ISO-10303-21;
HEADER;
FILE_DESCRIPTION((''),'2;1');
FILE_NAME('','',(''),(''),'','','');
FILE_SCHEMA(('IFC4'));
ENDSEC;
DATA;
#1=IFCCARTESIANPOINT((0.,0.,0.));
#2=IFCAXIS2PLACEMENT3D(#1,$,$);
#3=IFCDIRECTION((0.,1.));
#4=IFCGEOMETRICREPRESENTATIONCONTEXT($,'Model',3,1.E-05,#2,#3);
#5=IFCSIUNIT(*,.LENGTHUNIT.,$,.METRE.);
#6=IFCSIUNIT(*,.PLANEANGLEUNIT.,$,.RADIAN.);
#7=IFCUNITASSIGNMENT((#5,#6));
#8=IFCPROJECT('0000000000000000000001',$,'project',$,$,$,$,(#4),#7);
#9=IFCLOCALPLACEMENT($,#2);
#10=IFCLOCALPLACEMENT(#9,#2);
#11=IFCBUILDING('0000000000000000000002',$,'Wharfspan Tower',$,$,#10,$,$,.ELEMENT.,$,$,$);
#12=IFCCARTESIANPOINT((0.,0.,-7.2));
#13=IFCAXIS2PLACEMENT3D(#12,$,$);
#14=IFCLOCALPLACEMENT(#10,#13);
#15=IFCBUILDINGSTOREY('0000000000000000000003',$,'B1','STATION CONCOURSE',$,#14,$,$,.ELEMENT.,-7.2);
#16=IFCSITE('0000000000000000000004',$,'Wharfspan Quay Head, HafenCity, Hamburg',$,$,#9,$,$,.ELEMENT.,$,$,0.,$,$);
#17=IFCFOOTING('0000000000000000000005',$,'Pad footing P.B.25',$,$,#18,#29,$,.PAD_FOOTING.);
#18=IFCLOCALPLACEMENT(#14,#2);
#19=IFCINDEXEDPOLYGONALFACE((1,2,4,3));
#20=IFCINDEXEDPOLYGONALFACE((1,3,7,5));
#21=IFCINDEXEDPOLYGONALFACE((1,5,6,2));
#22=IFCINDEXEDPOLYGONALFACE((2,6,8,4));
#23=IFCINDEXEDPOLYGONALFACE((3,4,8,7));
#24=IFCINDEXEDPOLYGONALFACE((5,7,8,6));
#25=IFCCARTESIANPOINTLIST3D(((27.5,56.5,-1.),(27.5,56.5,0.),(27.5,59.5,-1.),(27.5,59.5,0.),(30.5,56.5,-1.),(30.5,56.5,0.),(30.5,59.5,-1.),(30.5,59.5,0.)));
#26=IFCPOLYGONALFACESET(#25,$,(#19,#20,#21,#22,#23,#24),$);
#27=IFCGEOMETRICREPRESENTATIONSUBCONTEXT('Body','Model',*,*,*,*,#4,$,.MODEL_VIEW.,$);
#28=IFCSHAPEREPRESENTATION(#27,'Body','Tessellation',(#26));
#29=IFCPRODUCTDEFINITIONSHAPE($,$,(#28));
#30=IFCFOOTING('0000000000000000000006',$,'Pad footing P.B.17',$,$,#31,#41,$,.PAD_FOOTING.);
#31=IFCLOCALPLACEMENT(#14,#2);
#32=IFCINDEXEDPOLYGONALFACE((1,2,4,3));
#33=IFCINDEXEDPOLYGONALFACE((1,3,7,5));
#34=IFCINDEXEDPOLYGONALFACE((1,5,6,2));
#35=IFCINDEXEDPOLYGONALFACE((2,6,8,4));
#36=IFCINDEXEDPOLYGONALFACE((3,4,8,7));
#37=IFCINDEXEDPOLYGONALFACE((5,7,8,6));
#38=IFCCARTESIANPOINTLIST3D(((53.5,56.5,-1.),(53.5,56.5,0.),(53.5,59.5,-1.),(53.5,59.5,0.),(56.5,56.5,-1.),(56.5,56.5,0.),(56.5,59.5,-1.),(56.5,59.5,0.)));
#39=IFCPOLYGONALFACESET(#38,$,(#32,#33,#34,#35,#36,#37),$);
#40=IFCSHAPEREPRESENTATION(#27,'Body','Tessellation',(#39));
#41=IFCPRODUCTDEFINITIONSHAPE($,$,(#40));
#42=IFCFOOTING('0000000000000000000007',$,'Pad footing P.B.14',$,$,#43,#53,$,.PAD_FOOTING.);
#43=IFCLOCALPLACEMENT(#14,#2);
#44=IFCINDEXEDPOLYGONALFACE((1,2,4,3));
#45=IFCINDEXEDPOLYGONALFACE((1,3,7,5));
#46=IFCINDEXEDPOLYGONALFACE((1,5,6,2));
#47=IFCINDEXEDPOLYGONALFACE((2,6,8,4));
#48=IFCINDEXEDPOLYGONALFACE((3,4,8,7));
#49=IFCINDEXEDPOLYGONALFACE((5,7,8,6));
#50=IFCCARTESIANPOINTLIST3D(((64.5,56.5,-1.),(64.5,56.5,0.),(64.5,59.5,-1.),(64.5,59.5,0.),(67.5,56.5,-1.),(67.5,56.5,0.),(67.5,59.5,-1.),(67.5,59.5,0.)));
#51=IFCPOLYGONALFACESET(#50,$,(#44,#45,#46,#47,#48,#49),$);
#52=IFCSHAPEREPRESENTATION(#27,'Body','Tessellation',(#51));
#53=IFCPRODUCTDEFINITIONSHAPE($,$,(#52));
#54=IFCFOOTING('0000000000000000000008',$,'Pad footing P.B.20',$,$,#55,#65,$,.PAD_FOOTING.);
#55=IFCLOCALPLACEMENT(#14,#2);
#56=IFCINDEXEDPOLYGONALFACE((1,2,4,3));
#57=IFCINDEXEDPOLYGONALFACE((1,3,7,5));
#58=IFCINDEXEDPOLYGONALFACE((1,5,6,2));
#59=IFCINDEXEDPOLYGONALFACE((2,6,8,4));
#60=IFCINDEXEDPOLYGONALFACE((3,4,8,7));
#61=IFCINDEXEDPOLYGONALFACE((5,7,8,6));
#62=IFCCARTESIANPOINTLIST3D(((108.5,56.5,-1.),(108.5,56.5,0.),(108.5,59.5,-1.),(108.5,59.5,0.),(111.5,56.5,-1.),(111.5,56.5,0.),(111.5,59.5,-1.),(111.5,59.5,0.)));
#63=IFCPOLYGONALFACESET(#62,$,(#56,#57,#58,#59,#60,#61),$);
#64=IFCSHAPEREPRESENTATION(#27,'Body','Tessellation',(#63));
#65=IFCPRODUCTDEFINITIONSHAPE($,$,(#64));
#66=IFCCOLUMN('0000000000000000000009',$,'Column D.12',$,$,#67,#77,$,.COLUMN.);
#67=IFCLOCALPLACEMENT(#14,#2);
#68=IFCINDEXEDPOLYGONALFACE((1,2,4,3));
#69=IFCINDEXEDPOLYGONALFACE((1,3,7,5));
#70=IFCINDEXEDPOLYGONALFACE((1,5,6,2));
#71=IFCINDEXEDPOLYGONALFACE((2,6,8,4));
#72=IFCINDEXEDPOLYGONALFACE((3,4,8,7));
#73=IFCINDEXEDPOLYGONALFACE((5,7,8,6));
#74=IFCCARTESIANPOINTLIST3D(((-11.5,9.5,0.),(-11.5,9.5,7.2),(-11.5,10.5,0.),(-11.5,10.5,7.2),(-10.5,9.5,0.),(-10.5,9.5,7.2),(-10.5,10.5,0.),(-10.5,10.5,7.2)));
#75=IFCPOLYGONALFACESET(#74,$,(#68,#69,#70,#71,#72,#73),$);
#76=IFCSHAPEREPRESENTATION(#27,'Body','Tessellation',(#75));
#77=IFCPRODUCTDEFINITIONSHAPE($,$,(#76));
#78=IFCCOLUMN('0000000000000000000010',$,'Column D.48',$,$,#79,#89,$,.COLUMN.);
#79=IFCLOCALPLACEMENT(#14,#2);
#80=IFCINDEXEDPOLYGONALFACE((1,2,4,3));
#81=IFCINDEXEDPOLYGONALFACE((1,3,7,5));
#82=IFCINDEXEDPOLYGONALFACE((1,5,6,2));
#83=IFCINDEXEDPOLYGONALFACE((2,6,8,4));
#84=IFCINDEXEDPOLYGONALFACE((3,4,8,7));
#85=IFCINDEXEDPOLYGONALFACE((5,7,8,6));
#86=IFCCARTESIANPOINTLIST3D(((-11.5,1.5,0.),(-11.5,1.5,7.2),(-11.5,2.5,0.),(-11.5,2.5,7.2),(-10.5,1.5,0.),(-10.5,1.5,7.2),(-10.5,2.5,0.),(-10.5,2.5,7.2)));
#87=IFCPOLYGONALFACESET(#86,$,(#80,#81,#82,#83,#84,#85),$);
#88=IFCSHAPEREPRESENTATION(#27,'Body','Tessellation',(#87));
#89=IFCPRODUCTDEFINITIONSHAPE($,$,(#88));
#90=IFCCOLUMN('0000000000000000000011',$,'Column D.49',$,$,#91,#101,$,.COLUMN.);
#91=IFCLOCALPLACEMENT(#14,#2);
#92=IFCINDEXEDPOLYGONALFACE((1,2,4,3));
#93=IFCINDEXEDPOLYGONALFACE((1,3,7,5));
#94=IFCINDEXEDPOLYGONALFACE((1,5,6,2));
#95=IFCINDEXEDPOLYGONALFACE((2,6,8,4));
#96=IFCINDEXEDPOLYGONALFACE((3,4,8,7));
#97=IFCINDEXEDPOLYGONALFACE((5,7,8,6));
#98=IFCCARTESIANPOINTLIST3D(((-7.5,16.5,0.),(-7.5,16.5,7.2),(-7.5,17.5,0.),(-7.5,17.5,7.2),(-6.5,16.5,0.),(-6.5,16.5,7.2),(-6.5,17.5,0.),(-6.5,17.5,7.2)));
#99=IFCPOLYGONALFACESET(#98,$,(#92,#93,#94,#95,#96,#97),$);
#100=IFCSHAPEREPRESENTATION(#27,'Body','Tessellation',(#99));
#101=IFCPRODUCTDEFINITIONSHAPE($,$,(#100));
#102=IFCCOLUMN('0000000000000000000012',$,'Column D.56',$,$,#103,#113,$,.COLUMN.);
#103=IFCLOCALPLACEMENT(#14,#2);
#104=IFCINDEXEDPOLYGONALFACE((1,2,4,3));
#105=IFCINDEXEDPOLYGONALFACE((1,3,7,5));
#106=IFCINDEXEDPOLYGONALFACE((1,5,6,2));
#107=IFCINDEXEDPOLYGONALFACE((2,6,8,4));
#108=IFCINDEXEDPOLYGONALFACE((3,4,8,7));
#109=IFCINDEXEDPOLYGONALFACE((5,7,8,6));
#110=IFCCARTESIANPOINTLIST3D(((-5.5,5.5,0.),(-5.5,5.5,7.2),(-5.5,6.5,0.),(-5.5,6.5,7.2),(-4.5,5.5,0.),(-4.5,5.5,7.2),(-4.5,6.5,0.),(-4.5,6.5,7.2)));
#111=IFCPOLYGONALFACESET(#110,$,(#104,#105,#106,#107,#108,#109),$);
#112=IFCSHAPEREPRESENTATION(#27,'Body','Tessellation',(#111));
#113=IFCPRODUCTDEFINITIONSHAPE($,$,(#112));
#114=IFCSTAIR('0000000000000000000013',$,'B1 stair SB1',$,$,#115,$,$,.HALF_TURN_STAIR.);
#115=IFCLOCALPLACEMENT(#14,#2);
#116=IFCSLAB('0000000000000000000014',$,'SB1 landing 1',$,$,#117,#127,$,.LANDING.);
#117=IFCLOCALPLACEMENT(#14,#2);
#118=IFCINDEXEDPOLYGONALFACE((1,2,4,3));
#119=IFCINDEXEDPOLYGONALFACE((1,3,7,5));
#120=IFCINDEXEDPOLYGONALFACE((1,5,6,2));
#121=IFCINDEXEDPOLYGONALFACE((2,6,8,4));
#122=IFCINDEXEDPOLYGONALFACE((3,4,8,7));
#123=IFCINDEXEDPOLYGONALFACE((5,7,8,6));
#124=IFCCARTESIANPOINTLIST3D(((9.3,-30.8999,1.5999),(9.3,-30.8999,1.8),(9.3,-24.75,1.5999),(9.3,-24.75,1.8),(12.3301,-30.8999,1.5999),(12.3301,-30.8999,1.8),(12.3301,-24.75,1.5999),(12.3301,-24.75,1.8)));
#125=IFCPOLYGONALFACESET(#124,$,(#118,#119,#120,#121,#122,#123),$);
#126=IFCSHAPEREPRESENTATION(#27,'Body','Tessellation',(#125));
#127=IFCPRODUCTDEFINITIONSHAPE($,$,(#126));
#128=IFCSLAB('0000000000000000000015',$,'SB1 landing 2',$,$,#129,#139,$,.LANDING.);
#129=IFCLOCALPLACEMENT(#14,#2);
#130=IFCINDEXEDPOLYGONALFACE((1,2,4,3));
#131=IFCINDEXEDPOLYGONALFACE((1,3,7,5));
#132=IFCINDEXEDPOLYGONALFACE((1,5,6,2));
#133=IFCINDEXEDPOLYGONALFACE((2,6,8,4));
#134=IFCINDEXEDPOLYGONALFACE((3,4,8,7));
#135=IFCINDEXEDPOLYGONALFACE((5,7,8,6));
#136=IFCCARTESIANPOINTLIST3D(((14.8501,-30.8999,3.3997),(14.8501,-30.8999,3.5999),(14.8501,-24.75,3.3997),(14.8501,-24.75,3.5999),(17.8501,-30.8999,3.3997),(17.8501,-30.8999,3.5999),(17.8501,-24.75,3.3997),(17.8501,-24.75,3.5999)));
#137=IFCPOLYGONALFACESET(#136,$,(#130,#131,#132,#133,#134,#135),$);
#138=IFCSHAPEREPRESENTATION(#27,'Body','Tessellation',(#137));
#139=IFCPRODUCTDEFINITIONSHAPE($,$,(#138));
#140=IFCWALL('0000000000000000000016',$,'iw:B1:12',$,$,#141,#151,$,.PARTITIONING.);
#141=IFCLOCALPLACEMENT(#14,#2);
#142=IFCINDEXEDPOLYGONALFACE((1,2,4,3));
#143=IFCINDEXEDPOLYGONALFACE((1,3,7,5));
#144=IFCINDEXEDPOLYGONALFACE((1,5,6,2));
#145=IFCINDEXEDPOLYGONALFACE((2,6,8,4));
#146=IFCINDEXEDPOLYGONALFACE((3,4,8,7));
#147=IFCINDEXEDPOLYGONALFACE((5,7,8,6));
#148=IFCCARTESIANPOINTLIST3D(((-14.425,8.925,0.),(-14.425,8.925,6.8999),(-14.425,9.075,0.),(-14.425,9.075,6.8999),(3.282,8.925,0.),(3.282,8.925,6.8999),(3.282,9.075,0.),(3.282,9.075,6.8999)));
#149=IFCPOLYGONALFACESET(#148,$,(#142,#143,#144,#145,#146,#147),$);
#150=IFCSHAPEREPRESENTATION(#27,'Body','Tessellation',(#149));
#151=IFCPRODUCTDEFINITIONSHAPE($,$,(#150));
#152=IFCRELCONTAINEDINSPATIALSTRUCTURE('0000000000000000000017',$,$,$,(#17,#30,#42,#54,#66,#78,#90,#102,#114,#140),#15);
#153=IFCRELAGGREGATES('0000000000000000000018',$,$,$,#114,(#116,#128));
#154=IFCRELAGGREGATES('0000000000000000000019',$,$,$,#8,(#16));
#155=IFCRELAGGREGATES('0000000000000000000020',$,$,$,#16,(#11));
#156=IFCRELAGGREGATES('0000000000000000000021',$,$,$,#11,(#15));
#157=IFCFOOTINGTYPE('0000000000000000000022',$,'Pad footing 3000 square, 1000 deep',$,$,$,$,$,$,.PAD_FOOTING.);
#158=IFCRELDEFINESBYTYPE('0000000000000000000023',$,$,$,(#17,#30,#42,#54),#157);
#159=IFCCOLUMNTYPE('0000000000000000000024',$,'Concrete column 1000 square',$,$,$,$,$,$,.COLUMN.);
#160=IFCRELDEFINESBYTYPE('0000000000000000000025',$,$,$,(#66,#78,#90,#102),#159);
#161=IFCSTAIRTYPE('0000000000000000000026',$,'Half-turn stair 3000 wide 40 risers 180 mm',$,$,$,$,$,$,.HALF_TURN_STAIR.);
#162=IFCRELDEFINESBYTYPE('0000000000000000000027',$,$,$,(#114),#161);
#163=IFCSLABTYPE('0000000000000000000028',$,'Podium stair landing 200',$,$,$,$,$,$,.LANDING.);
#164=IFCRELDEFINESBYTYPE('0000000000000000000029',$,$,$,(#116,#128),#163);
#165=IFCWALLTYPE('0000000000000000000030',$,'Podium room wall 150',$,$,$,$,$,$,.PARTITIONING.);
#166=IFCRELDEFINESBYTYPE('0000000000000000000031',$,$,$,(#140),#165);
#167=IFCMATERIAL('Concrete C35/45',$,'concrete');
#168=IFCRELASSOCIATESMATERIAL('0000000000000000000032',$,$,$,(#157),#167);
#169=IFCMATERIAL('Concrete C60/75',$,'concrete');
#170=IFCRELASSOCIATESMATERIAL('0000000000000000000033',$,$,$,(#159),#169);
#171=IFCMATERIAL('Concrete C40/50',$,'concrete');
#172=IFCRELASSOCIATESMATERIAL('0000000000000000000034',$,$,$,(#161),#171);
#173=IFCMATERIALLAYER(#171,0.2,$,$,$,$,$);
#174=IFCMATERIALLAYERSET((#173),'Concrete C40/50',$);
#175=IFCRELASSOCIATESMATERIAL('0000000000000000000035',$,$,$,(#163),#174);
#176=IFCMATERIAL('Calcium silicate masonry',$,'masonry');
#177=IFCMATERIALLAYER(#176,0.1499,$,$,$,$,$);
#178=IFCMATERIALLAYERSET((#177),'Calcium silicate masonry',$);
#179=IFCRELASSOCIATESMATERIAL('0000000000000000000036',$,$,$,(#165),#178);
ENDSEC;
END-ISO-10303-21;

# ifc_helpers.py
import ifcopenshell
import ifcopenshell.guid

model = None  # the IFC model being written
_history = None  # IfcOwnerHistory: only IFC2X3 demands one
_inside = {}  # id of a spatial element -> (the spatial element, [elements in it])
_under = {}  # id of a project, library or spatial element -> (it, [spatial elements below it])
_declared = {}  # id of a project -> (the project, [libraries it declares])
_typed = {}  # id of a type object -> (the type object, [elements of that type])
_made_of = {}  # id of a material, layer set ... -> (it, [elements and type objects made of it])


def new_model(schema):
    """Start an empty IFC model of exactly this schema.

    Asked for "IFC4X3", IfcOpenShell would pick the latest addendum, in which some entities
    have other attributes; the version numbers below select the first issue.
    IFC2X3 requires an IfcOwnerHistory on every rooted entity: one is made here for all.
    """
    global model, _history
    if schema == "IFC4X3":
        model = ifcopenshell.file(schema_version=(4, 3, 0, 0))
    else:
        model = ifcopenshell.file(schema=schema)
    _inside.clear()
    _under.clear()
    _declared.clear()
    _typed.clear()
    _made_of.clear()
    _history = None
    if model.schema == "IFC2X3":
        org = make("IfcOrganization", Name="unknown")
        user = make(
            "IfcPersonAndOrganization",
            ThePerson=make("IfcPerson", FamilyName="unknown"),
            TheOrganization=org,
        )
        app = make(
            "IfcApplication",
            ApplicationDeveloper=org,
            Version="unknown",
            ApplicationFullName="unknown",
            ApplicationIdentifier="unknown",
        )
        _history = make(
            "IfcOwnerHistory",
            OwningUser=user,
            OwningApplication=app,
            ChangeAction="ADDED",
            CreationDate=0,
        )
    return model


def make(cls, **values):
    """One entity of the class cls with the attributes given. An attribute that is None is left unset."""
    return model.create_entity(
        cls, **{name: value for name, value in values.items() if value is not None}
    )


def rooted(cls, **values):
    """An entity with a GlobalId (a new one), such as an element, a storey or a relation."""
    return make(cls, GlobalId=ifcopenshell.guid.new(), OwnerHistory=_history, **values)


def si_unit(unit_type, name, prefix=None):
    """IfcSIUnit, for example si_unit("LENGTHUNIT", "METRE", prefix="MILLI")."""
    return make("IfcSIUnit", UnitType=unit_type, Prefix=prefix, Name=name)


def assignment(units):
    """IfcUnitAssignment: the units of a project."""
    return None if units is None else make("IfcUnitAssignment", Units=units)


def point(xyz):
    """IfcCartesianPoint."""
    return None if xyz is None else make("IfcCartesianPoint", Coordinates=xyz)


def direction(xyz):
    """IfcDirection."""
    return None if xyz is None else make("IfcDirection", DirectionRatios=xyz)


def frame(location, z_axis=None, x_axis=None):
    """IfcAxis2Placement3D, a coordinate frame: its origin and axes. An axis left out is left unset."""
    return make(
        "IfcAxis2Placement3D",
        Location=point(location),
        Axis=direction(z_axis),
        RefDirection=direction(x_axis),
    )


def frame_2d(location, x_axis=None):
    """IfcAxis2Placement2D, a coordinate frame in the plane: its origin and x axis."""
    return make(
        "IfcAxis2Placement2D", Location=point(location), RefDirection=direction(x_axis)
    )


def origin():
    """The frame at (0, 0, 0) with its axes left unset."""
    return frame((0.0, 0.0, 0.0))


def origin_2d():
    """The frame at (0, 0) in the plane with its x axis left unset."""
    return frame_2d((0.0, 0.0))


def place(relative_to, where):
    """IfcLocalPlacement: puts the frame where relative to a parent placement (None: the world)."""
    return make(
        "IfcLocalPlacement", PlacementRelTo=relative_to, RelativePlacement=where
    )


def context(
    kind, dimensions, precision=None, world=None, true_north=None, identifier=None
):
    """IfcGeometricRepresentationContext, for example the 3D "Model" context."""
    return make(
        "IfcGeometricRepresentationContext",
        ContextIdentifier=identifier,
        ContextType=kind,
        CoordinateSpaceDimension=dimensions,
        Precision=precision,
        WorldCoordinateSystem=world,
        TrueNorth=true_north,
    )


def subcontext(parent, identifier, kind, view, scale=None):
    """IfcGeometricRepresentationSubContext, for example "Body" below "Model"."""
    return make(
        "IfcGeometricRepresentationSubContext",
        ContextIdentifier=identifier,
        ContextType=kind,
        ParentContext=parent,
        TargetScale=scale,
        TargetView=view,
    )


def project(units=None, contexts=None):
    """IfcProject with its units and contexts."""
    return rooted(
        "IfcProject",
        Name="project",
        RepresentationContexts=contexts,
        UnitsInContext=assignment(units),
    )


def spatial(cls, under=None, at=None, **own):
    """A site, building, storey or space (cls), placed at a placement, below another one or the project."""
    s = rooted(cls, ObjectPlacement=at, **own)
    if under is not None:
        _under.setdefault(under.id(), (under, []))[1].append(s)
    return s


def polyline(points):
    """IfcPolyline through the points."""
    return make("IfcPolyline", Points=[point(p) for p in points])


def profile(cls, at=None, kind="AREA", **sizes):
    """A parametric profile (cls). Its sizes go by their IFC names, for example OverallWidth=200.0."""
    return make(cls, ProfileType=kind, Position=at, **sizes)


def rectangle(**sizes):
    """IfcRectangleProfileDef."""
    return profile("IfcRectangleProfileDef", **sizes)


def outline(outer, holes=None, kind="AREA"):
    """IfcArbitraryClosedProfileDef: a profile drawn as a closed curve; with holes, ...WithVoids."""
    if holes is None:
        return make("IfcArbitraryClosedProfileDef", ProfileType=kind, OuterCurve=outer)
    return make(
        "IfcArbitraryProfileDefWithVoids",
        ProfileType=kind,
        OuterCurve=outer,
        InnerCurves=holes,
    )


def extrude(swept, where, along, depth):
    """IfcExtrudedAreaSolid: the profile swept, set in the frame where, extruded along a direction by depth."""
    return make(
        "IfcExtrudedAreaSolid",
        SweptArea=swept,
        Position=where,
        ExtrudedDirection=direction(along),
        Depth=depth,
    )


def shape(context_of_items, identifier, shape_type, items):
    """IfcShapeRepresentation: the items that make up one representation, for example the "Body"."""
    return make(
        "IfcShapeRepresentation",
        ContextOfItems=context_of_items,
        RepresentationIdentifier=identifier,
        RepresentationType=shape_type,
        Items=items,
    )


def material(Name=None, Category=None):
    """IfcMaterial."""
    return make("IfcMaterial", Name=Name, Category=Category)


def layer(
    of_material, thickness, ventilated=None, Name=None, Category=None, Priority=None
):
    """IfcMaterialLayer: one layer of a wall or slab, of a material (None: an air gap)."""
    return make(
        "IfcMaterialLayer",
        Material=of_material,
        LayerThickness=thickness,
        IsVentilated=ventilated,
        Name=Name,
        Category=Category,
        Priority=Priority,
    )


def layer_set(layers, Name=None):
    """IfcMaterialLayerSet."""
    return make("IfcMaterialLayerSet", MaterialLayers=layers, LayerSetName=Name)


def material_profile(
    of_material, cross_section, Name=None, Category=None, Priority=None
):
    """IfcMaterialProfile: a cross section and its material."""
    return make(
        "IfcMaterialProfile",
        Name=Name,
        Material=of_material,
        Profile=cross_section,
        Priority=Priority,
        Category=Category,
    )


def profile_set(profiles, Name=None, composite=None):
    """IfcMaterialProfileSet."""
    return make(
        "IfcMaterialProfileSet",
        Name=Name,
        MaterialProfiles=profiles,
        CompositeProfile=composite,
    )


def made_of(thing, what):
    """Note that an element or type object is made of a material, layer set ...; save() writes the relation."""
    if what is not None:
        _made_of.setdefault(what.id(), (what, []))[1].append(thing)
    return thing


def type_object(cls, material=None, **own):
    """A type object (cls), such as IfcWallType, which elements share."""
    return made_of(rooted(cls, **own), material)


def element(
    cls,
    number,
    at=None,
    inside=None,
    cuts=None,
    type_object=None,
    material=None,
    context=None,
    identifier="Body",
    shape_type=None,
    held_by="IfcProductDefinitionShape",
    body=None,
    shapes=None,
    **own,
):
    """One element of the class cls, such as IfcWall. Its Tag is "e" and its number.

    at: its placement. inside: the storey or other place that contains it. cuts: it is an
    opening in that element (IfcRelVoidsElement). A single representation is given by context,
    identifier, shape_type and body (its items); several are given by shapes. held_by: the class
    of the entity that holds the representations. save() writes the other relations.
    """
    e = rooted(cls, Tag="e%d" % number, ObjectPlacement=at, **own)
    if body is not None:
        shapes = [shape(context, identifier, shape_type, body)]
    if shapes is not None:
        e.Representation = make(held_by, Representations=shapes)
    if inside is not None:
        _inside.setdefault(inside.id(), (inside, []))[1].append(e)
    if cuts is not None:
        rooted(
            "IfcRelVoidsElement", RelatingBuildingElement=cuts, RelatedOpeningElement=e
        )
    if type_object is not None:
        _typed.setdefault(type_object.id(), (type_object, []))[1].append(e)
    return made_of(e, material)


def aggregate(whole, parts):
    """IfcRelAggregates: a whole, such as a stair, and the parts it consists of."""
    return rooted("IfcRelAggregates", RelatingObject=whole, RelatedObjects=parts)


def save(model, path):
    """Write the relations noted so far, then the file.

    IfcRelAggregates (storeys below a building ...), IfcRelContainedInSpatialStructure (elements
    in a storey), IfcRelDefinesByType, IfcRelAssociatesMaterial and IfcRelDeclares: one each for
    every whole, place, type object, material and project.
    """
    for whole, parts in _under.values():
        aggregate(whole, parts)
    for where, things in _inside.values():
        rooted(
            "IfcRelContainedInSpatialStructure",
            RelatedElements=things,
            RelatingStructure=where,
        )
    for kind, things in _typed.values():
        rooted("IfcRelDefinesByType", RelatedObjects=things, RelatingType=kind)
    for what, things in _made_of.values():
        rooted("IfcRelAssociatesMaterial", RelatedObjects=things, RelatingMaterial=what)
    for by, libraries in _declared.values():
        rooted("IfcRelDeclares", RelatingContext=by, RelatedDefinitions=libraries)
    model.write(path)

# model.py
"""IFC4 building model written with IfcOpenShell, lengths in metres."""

from ifc_helpers import new_model, si_unit, direction, frame, frame_2d, origin, origin_2d, place, context, subcontext, project, spatial, polyline, rectangle, outline, extrude, material, layer, layer_set, material_profile, profile_set, type_object, element, aggregate, save


model = new_model("IFC4")

# Units and contexts
model_context = context("Model", 3, precision=1e-05, world=origin(), true_north=direction((0.0, 1.0)))
body_context = subcontext(model_context, "Body", "Model", "MODEL_VIEW")
ifc_project = project(units=[si_unit("LENGTHUNIT", "METRE"), si_unit("PLANEANGLEUNIT", "RADIAN")], contexts=[model_context])

# Site, building, storey
site_placement = place(None, origin())
site = spatial("IfcSite", under=ifc_project, at=site_placement, Name="Wharfspan Quay Head, HafenCity, Hamburg", CompositionType="ELEMENT", RefElevation=0.0)
building_placement = place(site_placement, origin())
building = spatial("IfcBuilding", under=site, at=building_placement, Name="Wharfspan Tower", CompositionType="ELEMENT")
storey_placement = place(building_placement, frame((0.0, 0.0, -7.2)))
storey = spatial("IfcBuildingStorey", under=building, at=storey_placement, Name="B1", Description="STATION CONCOURSE", CompositionType="ELEMENT", Elevation=-7.2)

# Shared definitions
ifc_material_1 = material(Name="Concrete C35/45", Category="concrete")

# Footings
footing_type_1 = type_object("IfcFootingType", Name="Pad footing 3000 square, 1000 deep", PredefinedType="PAD_FOOTING", material=ifc_material_1)
footing_1_placement = place(storey_placement, frame((0.0, 0.0, -1.0)))
element("IfcFooting", 1, at=footing_1_placement, inside=storey, type_object=footing_type_1, Name="Pad footing P.B.25", PredefinedType="PAD_FOOTING", context=body_context, shape_type="SweptSolid", body=[
    extrude(outline(polyline([(27.5, 56.5), (30.5, 56.5), (30.5, 59.5), (27.5, 59.5), (27.5, 56.5)])), origin(), (0.0, 0.0, 1.0), 1.0),
])
footing_2_placement = place(storey_placement, frame((0.0, 0.0, -1.0)))
element("IfcFooting", 2, at=footing_2_placement, inside=storey, type_object=footing_type_1, Name="Pad footing P.B.17", PredefinedType="PAD_FOOTING", context=body_context, shape_type="SweptSolid", body=[
    extrude(outline(polyline([(53.5, 56.5), (56.5, 56.5), (56.5, 59.5), (53.5, 59.5), (53.5, 56.5)])), origin(), (0.0, 0.0, 1.0), 1.0),
])
footing_3_placement = place(storey_placement, frame((0.0, 0.0, -1.0)))
element("IfcFooting", 3, at=footing_3_placement, inside=storey, type_object=footing_type_1, Name="Pad footing P.B.14", PredefinedType="PAD_FOOTING", context=body_context, shape_type="SweptSolid", body=[
    extrude(outline(polyline([(64.5, 56.5), (67.5, 56.5), (67.5, 59.5), (64.5, 59.5), (64.5, 56.5)])), origin(), (0.0, 0.0, 1.0), 1.0),
])
footing_4_placement = place(storey_placement, frame((0.0, 0.0, -1.0)))
element("IfcFooting", 4, at=footing_4_placement, inside=storey, type_object=footing_type_1, Name="Pad footing P.B.20", PredefinedType="PAD_FOOTING", context=body_context, shape_type="SweptSolid", body=[
    extrude(outline(polyline([(108.5, 56.5), (111.5, 56.5), (111.5, 59.5), (108.5, 59.5), (108.5, 56.5)])), origin(), (0.0, 0.0, 1.0), 1.0),
])

# Columns
ifc_material_2 = material(Name="Concrete C60/75", Category="concrete")
ifc_material_profile_1 = material_profile(ifc_material_2, rectangle(XDim=1.0, YDim=1.0, at=origin_2d()))
ifc_profile_set_1 = profile_set([ifc_material_profile_1], Name="Concrete C60/75")
column_type = type_object("IfcColumnType", Name="Concrete column 1000 square", PredefinedType="COLUMN", material=ifc_profile_set_1)
for number, where, z_axis, x_axis, name in (
    (5, (-11.0, 10.0, 0.0), (0.0, 0.0, 1.0), (1.0, 0.0, 0.0), "Column D.12"),
    (6, (-11.0, 2.0, 0.0), (0.0, 0.0, 1.0), (1.0, 0.0, 0.0), "Column D.48"),
    (7, (-7.0, 17.0, 0.0), (0.0, 0.0, 1.0), (1.0, 0.0, 0.0), "Column D.49"),
    (8, (-5.0, 6.0, 0.0), (0.0, 0.0, 1.0), (1.0, 0.0, 0.0), "Column D.56"),
):
    element("IfcColumn", number, at=place(storey_placement, frame(where, z_axis=z_axis, x_axis=x_axis)), inside=storey, type_object=column_type, Name=name, PredefinedType="COLUMN", context=body_context, shape_type="SweptSolid", body=[
        extrude(rectangle(XDim=1.0, YDim=1.0, at=origin_2d()), origin(), (0.0, 0.0, 1.0), 7.2),
    ])

# Stair, slabs
ifc_material_3 = material(Name="Concrete C40/50", Category="concrete")
stair_type = type_object("IfcStairType", Name="Half-turn stair 3000 wide 40 risers 180 mm", PredefinedType="HALF_TURN_STAIR", material=ifc_material_3)
stair_placement = place(storey_placement, origin())
stair = element("IfcStair", 9, at=stair_placement, inside=storey, type_object=stair_type, Name="B1 stair SB1", PredefinedType="HALF_TURN_STAIR")
ifc_layer_1 = layer(ifc_material_3, 0.2)
ifc_layer_set_1 = layer_set([ifc_layer_1], Name="Concrete C40/50")
slab_type_1 = type_object("IfcSlabType", Name="Podium stair landing 200", PredefinedType="LANDING", material=ifc_layer_set_1)
slab_1_placement = place(storey_placement, frame((0.0, 0.0, 1.5999)))
slab_1 = element("IfcSlab", 10, at=slab_1_placement, type_object=slab_type_1, Name="SB1 landing 1", PredefinedType="LANDING", context=body_context, shape_type="SweptSolid", body=[
    extrude(outline(polyline([(12.3301, -24.75), (9.3, -24.75), (9.3, -30.8999), (12.3301, -30.8999), (12.3301, -24.75)])), origin(), (0.0, 0.0, 1.0), 0.2002),
])
slab_2_placement = place(storey_placement, frame((0.0, 0.0, 3.3997)))
slab_2 = element("IfcSlab", 11, at=slab_2_placement, type_object=slab_type_1, Name="SB1 landing 2", PredefinedType="LANDING", context=body_context, shape_type="SweptSolid", body=[
    extrude(outline(polyline([(17.8501, -24.75), (14.8501, -24.75), (14.8501, -30.8999), (17.8501, -30.8999), (17.8501, -24.75)])), origin(), (0.0, 0.0, 1.0), 0.2002),
])
aggregate(stair, [slab_1, slab_2])

# Wall
ifc_material_4 = material(Name="Calcium silicate masonry", Category="masonry")
ifc_layer_2 = layer(ifc_material_4, 0.1499)
ifc_layer_set_2 = layer_set([ifc_layer_2], Name="Calcium silicate masonry")
wall_type = type_object("IfcWallType", Name="Podium room wall 150", PredefinedType="PARTITIONING", material=ifc_layer_set_2)
wall_placement = place(storey_placement, frame((-14.425, 9.0, 0.0), z_axis=(0.0, 0.0, 1.0), x_axis=(1.0, 0.0, 0.0)))
element("IfcWall", 12, at=wall_placement, inside=storey, type_object=wall_type, Name="iw:B1:12", PredefinedType="PARTITIONING", context=body_context, shape_type="SweptSolid", body=[
    extrude(rectangle(XDim=17.707, YDim=0.1499, at=frame_2d((8.8535, 0.0))), origin(), (0.0, 0.0, 1.0), 6.8999),
])

save(model, "model.ifc")
